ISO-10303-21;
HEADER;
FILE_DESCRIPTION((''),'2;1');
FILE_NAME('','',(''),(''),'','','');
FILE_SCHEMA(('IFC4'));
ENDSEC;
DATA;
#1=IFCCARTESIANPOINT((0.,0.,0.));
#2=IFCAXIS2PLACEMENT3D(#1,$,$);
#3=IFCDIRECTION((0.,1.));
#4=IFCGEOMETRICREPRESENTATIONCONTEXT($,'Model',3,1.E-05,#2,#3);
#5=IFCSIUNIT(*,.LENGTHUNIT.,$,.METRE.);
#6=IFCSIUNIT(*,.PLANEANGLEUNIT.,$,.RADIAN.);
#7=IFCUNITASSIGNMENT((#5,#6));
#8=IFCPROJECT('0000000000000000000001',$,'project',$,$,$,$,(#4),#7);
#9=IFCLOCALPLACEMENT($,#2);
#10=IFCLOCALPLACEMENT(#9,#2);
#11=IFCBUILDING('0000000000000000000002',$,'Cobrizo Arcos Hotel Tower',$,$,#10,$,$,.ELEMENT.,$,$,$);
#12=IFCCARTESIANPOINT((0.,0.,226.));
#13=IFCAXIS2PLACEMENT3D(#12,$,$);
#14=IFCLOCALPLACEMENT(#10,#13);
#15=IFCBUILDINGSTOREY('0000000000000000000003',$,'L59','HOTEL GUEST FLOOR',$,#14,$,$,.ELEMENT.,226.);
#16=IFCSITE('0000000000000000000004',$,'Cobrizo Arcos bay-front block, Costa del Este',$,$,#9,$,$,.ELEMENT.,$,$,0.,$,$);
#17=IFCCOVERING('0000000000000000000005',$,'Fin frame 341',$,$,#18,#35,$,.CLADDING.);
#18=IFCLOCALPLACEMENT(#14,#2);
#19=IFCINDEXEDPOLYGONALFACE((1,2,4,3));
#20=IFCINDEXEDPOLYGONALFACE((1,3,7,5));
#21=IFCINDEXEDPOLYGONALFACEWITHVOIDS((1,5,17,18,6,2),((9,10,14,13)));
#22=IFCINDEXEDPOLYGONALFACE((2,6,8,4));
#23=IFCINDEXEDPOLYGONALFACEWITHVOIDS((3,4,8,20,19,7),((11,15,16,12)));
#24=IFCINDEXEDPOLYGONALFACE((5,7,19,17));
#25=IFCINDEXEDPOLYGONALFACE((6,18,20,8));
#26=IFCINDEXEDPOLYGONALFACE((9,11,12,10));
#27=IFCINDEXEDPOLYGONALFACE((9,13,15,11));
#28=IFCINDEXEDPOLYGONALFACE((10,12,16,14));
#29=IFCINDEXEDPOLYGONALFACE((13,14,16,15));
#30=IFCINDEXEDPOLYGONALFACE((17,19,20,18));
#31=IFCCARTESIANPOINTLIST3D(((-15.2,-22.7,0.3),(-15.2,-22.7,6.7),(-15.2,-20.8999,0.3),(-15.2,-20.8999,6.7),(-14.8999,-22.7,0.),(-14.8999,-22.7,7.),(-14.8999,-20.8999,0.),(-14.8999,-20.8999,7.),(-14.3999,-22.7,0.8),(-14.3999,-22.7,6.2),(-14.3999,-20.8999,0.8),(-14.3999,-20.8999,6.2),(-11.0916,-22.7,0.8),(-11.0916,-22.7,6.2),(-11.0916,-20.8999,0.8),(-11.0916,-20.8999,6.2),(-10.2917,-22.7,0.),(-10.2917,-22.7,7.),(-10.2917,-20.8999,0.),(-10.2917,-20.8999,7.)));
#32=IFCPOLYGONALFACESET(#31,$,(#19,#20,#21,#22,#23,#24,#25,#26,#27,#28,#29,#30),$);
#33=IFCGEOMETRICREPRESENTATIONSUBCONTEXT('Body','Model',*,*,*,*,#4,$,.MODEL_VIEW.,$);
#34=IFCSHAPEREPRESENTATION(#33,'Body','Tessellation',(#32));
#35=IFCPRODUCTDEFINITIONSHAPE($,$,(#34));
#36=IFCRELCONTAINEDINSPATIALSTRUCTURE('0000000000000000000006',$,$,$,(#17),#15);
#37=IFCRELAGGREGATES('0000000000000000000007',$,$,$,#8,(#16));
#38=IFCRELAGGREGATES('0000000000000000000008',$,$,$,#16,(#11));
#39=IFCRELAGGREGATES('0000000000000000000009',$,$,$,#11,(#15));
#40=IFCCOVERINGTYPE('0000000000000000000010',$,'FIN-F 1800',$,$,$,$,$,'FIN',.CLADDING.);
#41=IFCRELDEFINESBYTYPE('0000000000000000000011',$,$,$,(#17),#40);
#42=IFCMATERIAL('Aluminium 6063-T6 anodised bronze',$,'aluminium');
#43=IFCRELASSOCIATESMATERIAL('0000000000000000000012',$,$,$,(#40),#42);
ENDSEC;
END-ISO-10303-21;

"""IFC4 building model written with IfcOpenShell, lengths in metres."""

from ifc_helpers import new_model, si_unit, direction, frame, origin, place, context, subcontext, project, spatial, polyline, outline, extrude, material, type_object, element, save


model = new_model("IFC4")

# Units and contexts
model_context = context("Model", 3, precision=1e-05, world=origin(), true_north=direction((0.0, 1.0)))
body_context = subcontext(model_context, "Body", "Model", "MODEL_VIEW")
ifc_project = project(units=[si_unit("LENGTHUNIT", "METRE"), si_unit("PLANEANGLEUNIT", "RADIAN")], contexts=[model_context])

# Site, building, storey
site_placement = place(None, origin())
site = spatial("IfcSite", under=ifc_project, at=site_placement, Name="Cobrizo Arcos bay-front block, Costa del Este", CompositionType="ELEMENT", RefElevation=0.0)
building_placement = place(site_placement, origin())
building = spatial("IfcBuilding", under=site, at=building_placement, Name="Cobrizo Arcos Hotel Tower", CompositionType="ELEMENT")
storey_placement = place(building_placement, frame((0.0, 0.0, 226.0)))
storey = spatial("IfcBuildingStorey", under=building, at=storey_placement, Name="L59", Description="HOTEL GUEST FLOOR", CompositionType="ELEMENT", Elevation=226.0)

# Shared definitions
ifc_material_1 = material(Name="Aluminium 6063-T6 anodised bronze", Category="aluminium")

# Covering
covering_type = type_object("IfcCoveringType", Name="FIN-F 1800", ElementType="FIN", PredefinedType="CLADDING", material=ifc_material_1)
covering_placement = place(storey_placement, frame((-15.2, -20.8999, 0.0), z_axis=(0.0, -1.0, 0.0), x_axis=(1.0, 0.0, 0.0)))
element("IfcCovering", 1, at=covering_placement, inside=storey, type_object=covering_type, Name="Fin frame 341", PredefinedType="CLADDING", context=body_context, shape_type="SweptSolid", body=[
    extrude(outline(polyline([(0.0, 0.3), (0.3, 0.0), (4.9082, 0.0), (4.9082, 7.0), (0.3, 7.0), (0.0, 6.7), (0.0, 0.3)]), holes=[polyline([(4.1084, 0.8), (0.8, 0.8), (0.8, 6.2), (4.1084, 6.2), (4.1084, 0.8)])]), origin(), (0.0, 0.0, 1.0), 1.8),
])

save(model, "model.ifc")
